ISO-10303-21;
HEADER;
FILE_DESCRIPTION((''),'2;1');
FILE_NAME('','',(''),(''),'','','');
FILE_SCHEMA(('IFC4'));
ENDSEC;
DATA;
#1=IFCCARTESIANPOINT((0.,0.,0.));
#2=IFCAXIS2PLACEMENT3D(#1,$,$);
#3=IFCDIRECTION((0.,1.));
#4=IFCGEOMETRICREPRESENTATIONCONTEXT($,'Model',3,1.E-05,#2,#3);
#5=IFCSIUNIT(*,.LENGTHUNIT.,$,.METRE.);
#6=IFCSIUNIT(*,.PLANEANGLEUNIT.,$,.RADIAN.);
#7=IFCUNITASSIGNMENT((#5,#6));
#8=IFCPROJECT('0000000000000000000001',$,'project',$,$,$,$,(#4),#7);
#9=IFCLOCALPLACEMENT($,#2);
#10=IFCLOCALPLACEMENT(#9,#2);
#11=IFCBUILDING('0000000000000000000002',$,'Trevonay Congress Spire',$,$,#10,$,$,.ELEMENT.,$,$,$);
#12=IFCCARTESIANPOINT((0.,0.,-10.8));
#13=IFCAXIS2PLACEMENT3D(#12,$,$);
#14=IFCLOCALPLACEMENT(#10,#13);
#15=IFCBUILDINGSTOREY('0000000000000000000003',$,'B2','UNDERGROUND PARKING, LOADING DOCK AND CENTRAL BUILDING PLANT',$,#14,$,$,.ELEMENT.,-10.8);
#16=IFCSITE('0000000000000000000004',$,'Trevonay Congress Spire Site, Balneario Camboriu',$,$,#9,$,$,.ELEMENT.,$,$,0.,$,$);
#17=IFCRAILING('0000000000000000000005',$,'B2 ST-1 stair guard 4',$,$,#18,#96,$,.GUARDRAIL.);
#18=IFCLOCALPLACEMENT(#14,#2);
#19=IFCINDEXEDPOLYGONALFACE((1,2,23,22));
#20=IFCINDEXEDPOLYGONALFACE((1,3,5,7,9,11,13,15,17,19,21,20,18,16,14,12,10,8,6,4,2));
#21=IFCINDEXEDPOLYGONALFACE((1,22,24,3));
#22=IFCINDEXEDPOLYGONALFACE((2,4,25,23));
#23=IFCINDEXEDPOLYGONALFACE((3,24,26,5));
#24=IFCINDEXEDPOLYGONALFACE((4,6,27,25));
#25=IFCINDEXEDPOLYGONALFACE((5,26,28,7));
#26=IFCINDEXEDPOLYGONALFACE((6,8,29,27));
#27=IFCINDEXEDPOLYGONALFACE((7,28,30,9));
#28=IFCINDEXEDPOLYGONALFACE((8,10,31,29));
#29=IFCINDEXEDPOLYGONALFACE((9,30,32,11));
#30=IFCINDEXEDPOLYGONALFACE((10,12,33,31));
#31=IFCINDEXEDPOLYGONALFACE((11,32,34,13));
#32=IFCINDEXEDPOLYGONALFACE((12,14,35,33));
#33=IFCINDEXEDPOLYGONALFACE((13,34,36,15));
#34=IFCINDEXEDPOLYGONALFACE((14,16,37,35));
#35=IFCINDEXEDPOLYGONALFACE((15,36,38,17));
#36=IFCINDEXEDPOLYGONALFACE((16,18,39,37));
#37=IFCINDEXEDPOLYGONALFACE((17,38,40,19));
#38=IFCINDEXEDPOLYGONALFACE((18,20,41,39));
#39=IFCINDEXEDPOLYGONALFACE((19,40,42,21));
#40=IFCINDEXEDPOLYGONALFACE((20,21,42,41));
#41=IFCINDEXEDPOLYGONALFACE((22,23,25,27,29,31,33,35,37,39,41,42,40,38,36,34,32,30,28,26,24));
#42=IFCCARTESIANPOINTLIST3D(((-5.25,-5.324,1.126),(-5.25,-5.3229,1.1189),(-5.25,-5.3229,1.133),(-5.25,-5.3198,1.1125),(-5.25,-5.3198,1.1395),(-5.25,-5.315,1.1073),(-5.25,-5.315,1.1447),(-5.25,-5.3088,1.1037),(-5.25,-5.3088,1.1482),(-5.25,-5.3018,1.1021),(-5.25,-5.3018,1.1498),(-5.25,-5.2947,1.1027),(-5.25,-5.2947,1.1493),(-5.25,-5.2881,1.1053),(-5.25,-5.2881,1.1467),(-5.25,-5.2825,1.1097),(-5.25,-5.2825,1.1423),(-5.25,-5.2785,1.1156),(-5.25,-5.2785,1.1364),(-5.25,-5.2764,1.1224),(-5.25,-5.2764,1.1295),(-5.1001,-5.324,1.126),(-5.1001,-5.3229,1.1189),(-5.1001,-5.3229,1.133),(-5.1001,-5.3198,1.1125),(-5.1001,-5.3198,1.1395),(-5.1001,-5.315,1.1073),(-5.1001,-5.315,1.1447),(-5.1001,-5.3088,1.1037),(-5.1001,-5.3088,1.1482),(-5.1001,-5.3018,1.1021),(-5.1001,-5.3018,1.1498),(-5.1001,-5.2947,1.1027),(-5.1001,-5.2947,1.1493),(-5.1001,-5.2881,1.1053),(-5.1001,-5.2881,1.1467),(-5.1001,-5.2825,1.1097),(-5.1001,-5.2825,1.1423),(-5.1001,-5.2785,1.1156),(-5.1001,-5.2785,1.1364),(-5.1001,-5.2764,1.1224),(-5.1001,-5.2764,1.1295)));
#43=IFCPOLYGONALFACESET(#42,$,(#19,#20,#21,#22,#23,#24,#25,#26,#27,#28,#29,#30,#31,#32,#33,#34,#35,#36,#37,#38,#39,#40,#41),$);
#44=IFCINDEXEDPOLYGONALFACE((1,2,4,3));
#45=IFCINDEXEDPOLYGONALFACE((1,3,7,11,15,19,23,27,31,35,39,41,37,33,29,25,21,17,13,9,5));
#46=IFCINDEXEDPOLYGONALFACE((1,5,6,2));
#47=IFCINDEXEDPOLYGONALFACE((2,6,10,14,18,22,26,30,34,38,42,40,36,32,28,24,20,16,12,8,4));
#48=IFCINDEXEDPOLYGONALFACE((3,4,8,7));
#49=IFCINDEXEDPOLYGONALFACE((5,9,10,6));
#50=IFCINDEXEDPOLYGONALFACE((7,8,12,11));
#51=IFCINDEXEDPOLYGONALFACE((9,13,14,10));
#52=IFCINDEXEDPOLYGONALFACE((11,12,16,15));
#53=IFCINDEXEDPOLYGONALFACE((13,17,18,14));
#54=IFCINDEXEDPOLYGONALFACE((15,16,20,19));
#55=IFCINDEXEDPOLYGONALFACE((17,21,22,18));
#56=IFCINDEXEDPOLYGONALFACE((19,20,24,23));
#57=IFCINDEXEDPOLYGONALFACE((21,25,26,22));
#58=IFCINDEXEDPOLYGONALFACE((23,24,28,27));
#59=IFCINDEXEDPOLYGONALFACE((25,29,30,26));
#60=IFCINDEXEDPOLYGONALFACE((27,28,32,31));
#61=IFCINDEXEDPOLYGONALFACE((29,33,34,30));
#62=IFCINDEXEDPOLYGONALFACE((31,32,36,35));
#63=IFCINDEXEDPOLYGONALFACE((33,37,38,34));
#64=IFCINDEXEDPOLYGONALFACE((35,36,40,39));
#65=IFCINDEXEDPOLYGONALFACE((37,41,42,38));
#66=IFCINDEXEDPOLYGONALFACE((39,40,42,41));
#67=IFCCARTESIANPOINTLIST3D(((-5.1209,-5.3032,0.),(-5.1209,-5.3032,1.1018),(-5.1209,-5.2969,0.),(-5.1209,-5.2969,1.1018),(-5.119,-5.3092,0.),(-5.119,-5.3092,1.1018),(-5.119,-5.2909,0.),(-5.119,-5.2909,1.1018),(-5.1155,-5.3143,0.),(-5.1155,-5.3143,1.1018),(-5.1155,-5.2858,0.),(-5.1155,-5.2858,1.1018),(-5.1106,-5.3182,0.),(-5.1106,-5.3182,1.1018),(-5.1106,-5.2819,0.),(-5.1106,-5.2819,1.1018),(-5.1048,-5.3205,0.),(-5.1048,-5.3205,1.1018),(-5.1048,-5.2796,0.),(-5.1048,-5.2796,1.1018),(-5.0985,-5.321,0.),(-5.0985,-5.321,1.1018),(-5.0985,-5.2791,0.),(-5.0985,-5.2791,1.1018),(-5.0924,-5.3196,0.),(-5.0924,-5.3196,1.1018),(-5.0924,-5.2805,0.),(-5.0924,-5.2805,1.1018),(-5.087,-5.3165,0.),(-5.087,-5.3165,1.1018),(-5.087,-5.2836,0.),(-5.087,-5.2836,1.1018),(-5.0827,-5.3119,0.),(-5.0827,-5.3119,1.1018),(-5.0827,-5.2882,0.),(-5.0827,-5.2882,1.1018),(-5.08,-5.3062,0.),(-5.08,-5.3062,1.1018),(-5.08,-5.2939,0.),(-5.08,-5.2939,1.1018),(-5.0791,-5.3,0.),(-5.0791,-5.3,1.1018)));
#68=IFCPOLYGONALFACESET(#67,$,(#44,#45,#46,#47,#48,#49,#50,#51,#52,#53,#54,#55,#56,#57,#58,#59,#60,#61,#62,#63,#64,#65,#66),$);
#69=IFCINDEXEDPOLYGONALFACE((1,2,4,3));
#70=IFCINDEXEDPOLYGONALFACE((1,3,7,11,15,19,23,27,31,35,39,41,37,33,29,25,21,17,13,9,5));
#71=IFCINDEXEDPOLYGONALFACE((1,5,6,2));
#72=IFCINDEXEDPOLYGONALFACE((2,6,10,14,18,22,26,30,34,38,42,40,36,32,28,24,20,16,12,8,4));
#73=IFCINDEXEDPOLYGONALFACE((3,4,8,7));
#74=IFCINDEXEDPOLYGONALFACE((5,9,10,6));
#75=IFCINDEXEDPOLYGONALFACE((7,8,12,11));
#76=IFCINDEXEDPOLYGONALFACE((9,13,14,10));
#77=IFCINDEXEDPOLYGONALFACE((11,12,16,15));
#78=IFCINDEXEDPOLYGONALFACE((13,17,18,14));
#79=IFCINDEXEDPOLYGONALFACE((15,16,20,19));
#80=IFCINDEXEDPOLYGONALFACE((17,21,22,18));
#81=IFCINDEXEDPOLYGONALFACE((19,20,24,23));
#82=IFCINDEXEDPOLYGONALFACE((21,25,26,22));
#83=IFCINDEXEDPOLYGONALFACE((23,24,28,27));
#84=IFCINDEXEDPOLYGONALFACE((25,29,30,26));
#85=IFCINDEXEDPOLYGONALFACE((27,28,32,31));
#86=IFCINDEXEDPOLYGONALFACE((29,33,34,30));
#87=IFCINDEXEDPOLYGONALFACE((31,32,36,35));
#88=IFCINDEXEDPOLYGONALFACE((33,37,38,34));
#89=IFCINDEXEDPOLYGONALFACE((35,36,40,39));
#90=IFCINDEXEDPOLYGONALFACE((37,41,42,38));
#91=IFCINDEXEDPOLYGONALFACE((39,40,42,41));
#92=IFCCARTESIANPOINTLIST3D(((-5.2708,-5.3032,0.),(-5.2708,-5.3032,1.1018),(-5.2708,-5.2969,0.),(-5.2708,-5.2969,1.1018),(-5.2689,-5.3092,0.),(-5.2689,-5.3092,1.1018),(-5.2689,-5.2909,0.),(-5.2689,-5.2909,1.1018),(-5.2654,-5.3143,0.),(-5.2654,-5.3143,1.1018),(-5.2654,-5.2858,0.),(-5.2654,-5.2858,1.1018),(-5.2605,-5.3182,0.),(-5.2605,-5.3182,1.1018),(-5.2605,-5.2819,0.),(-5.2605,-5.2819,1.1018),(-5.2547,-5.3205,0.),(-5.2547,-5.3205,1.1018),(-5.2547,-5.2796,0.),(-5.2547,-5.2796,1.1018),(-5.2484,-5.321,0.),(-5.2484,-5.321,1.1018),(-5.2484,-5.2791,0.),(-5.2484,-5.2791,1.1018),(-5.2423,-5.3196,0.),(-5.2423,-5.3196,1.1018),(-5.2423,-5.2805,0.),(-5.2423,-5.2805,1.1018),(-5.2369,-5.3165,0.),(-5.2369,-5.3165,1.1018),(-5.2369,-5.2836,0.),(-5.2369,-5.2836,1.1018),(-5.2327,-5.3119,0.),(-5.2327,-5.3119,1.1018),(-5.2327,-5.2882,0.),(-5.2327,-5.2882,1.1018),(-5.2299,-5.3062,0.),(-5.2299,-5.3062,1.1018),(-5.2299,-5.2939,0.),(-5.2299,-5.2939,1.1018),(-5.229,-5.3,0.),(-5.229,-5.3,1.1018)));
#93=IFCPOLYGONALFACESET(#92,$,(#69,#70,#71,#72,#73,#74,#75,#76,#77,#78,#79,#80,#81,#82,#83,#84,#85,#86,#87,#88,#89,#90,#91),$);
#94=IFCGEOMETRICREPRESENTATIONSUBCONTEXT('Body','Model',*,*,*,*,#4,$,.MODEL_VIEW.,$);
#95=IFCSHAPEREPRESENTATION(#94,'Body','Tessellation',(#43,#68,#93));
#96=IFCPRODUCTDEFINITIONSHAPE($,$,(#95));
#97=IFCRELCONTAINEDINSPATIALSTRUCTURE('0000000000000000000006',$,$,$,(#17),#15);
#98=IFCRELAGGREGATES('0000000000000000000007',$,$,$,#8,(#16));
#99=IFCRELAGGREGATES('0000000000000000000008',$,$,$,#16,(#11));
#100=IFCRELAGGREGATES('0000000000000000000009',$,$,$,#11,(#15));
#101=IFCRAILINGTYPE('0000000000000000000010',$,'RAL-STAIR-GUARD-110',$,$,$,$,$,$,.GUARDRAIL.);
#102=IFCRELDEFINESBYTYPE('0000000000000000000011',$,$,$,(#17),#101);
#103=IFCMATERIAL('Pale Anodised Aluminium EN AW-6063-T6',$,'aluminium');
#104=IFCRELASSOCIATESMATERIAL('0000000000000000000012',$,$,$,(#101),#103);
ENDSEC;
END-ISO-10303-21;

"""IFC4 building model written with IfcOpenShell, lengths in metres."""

from ifc_helpers import new_model, si_unit, direction, frame, origin, origin_2d, place, context, subcontext, project, spatial, circle, extrude, material, type_object, element, save


model = new_model("IFC4")

# Units and contexts
model_context = context("Model", 3, precision=1e-05, world=origin(), true_north=direction((0.0, 1.0)))
body_context = subcontext(model_context, "Body", "Model", "MODEL_VIEW")
ifc_project = project(units=[si_unit("LENGTHUNIT", "METRE"), si_unit("PLANEANGLEUNIT", "RADIAN")], contexts=[model_context])

# Site, building, storey
site_placement = place(None, origin())
site = spatial("IfcSite", under=ifc_project, at=site_placement, Name="Trevonay Congress Spire Site, Balneario Camboriu", CompositionType="ELEMENT", RefElevation=0.0)
building_placement = place(site_placement, origin())
building = spatial("IfcBuilding", under=site, at=building_placement, Name="Trevonay Congress Spire", CompositionType="ELEMENT")
storey_placement = place(building_placement, frame((0.0, 0.0, -10.8)))
storey = spatial("IfcBuildingStorey", under=building, at=storey_placement, Name="B2", Description="UNDERGROUND PARKING, LOADING DOCK AND CENTRAL BUILDING PLANT", CompositionType="ELEMENT", Elevation=-10.8)

# Railing
ifc_material_1 = material(Name="Pale Anodised Aluminium EN AW-6063-T6", Category="aluminium")
railing_type_1 = type_object("IfcRailingType", Name="RAL-STAIR-GUARD-110", PredefinedType="GUARDRAIL", material=ifc_material_1)
railing_1_placement = place(storey_placement, frame((-5.1001, -5.3, 0.0)))
element("IfcRailing", 1, at=railing_1_placement, inside=storey, type_object=railing_type_1, Name="B2 ST-1 stair guard 4", PredefinedType="GUARDRAIL", context=body_context, shape_type="SweptSolid", body=[
    extrude(circle(Radius=0.0239, at=origin_2d()), frame((0.0, 0.0, 1.126), z_axis=(-1.0, 0.0, 0.0), x_axis=(0.0, -1.0, 0.0)), (0.0, 0.0, 1.0), 0.1499),
    extrude(circle(Radius=0.021, at=origin_2d()), origin(), (0.0, 0.0, 1.0), 1.1018),
    extrude(circle(Radius=0.021, at=origin_2d()), frame((-0.1499, 0.0, 0.0)), (0.0, 0.0, 1.0), 1.1018),
])

save(model, "model.ifc")
